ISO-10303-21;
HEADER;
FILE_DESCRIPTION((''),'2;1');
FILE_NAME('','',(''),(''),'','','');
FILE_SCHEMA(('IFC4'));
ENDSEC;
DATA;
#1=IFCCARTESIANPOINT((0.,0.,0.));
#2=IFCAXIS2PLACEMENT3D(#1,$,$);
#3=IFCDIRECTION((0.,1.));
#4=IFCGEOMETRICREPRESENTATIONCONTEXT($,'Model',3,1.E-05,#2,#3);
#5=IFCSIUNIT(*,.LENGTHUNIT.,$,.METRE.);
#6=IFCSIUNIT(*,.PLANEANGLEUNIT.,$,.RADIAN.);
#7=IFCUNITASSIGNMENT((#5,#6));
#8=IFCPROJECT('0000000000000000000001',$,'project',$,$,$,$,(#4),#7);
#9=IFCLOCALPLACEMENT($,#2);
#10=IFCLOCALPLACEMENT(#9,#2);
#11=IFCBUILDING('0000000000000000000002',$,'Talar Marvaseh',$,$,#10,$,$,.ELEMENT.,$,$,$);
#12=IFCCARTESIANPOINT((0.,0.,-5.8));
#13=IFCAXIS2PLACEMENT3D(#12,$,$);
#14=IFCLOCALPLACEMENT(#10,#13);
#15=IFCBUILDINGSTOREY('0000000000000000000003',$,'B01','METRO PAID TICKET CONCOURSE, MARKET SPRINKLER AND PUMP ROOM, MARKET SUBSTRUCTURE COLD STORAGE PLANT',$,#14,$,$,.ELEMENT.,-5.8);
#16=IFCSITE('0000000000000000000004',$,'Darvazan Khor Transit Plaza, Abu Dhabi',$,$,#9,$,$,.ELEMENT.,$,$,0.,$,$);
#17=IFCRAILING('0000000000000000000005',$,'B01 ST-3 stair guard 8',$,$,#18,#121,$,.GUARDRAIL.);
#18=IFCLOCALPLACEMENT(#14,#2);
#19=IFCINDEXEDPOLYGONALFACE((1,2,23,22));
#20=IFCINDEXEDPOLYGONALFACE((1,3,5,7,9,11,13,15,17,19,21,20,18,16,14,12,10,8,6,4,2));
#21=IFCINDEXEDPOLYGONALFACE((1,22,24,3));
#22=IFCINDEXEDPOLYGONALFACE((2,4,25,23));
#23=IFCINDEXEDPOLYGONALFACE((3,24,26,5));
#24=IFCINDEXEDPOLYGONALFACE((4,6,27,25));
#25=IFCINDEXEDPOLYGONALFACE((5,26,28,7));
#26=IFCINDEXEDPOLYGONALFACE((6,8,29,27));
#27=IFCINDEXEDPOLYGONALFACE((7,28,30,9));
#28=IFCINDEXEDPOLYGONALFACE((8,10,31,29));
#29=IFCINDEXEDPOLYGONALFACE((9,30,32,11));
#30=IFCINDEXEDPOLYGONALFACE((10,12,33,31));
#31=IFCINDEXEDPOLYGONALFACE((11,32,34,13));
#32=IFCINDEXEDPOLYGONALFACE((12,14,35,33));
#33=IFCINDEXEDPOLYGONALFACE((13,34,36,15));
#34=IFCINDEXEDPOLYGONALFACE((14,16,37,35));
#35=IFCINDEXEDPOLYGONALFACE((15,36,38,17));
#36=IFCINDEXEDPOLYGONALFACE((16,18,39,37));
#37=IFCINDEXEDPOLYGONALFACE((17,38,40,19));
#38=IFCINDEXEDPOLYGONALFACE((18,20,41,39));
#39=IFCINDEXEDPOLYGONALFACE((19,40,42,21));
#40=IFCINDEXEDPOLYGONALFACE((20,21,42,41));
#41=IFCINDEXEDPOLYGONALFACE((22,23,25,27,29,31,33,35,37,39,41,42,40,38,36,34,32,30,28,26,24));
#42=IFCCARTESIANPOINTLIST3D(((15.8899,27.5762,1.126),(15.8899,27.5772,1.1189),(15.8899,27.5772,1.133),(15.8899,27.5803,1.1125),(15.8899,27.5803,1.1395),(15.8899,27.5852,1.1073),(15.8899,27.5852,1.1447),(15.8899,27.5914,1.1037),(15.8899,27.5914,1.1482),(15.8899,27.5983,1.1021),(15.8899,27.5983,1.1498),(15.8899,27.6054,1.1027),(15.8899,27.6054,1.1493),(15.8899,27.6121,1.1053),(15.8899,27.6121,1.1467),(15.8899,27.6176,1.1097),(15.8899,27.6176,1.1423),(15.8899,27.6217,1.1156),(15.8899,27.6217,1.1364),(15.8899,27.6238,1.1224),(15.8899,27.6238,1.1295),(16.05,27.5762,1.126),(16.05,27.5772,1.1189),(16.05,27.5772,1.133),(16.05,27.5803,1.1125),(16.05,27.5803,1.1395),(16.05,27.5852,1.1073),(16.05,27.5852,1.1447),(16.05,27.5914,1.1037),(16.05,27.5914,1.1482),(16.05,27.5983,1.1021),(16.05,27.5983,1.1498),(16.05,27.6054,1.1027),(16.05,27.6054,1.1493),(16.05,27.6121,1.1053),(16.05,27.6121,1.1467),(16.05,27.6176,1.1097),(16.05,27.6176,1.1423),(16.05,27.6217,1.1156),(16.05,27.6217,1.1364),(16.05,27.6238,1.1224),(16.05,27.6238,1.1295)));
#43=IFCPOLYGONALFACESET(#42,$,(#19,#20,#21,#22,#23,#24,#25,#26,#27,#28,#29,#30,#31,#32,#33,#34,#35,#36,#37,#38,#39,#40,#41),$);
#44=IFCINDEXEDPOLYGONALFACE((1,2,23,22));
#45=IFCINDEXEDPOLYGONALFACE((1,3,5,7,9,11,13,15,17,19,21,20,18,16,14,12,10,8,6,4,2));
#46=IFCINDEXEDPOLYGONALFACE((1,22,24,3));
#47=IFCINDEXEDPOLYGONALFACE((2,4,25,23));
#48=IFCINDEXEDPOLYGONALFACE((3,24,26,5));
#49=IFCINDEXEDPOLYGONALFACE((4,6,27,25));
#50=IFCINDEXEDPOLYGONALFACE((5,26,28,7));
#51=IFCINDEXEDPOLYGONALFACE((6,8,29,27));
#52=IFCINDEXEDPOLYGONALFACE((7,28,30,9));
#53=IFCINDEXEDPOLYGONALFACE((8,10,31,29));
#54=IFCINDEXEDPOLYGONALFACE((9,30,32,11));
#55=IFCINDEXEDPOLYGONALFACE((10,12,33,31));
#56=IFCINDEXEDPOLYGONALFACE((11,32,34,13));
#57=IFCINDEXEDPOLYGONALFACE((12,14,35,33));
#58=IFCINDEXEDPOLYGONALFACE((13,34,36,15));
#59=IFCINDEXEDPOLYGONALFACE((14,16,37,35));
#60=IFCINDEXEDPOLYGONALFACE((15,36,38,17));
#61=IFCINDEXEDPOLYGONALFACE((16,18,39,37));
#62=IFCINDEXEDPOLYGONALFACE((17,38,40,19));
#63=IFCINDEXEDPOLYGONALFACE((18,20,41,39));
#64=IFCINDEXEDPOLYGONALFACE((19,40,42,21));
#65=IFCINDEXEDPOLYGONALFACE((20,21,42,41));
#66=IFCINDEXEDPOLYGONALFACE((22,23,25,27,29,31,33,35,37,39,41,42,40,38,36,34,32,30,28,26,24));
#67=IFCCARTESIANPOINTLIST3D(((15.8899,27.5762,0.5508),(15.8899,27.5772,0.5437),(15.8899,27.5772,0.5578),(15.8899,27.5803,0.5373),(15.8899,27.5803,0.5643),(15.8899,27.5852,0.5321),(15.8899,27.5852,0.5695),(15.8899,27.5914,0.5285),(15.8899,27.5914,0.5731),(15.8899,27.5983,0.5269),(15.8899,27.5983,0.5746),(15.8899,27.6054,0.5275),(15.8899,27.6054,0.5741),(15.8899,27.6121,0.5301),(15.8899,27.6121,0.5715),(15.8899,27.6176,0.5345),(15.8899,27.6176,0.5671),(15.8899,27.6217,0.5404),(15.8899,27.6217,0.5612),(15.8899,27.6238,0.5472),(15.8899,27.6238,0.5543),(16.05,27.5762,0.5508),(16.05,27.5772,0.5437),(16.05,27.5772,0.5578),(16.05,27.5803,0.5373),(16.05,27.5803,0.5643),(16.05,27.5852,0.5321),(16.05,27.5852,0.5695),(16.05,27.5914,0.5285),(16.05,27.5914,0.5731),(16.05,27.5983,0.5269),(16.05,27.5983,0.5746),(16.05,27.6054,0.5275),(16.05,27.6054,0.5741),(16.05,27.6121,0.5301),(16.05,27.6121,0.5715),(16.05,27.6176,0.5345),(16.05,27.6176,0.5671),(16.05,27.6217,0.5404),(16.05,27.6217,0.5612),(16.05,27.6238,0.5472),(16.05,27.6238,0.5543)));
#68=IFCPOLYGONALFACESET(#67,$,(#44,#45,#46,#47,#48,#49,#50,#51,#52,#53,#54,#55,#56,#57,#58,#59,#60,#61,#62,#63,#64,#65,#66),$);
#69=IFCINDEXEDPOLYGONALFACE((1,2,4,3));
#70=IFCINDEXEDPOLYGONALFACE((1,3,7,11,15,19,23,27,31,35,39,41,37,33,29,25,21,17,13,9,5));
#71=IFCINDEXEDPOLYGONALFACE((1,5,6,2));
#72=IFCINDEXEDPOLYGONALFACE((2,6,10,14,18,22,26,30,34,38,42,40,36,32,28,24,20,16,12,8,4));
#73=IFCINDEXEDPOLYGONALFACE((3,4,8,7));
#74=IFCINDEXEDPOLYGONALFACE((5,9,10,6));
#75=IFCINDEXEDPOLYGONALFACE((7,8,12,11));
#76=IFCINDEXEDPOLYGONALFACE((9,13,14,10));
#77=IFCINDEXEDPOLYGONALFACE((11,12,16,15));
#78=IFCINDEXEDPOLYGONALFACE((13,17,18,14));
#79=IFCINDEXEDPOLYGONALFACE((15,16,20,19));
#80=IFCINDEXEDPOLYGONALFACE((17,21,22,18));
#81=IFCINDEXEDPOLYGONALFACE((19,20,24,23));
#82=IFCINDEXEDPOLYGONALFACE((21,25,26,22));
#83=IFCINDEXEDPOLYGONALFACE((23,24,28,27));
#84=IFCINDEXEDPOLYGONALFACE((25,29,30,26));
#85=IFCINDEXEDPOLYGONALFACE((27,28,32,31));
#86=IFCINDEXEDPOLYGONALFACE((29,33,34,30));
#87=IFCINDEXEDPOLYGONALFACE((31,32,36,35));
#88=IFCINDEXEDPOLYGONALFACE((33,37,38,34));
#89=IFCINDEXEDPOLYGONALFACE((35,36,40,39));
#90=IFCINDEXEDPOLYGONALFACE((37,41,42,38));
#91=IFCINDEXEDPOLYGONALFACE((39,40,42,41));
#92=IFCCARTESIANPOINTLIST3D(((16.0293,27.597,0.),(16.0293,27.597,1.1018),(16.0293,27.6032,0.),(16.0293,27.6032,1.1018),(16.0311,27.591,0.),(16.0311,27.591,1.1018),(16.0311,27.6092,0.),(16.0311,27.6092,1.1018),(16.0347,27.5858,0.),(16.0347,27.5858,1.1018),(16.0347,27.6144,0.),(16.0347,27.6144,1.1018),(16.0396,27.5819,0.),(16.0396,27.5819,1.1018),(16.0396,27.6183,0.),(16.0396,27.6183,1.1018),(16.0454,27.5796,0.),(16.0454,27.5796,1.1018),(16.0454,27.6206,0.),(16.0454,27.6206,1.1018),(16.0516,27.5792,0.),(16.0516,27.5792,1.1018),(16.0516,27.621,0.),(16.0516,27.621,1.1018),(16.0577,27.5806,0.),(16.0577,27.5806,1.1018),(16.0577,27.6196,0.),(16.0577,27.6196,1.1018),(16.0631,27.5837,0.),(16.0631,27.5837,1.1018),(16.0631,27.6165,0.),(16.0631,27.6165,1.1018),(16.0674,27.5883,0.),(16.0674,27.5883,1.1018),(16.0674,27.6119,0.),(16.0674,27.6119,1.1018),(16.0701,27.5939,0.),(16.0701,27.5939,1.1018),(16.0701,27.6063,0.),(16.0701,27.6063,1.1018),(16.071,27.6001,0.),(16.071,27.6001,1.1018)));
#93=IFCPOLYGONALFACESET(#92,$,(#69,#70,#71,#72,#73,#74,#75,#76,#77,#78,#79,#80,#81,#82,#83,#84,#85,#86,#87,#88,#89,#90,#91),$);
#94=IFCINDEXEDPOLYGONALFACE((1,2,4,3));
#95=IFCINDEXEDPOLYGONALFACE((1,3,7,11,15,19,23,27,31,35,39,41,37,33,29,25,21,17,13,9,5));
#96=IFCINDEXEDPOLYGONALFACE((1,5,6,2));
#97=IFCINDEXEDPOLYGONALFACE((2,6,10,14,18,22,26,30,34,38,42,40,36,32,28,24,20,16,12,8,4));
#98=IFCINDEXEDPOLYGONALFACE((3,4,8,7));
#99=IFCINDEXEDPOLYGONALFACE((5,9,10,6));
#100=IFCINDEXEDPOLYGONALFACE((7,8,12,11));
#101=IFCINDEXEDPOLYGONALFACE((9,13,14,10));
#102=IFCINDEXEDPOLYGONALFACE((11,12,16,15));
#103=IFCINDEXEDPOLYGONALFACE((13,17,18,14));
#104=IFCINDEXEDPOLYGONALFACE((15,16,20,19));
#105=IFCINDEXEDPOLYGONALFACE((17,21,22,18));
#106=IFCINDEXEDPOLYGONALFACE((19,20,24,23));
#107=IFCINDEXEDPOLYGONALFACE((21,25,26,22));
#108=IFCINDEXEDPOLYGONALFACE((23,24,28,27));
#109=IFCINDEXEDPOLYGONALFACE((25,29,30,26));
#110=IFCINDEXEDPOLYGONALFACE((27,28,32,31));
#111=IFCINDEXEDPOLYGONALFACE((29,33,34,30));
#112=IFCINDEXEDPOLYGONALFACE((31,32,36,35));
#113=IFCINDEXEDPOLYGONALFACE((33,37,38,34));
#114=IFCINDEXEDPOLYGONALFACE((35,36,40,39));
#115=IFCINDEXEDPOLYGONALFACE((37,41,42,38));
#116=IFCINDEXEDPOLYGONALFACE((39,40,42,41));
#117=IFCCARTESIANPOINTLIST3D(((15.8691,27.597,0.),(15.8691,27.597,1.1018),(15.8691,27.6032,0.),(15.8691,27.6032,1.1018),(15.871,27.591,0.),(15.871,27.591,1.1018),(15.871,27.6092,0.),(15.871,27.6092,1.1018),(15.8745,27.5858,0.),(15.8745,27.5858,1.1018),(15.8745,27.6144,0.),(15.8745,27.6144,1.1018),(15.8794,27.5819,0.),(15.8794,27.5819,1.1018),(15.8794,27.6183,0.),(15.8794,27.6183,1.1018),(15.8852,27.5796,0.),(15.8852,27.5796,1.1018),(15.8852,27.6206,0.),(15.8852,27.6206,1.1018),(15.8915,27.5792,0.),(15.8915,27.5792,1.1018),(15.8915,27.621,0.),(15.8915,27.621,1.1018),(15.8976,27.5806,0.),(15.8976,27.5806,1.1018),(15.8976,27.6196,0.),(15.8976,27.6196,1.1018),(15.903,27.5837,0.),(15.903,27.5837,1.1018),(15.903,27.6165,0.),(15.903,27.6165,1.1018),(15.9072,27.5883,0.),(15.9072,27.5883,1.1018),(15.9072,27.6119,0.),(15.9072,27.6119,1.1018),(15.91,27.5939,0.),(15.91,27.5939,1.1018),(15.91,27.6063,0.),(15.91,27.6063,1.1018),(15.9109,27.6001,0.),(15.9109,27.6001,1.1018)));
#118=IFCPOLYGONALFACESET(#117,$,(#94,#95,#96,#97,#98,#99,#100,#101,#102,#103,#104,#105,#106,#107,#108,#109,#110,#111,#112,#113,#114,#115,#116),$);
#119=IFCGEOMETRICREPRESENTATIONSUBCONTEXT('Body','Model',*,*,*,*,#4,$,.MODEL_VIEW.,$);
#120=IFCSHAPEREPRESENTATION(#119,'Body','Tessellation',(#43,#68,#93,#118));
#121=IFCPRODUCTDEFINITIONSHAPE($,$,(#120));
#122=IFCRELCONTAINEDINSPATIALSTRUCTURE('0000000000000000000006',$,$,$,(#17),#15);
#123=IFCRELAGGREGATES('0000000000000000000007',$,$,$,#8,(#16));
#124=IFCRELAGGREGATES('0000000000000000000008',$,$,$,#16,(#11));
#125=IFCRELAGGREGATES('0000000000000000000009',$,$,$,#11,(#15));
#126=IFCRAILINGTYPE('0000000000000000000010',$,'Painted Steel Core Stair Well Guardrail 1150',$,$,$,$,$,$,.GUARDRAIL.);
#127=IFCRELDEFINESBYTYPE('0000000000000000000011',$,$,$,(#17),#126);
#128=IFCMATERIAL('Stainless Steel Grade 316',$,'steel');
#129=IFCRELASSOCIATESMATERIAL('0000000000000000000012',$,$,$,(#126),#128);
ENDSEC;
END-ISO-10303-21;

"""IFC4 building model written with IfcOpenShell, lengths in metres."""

from ifc_helpers import new_model, si_unit, direction, frame, origin, origin_2d, place, context, subcontext, project, spatial, circle, extrude, material, type_object, element, save


model = new_model("IFC4")

# Units and contexts
model_context = context("Model", 3, precision=1e-05, world=origin(), true_north=direction((0.0, 1.0)))
body_context = subcontext(model_context, "Body", "Model", "MODEL_VIEW")
ifc_project = project(units=[si_unit("LENGTHUNIT", "METRE"), si_unit("PLANEANGLEUNIT", "RADIAN")], contexts=[model_context])

# Site, building, storey
site_placement = place(None, origin())
site = spatial("IfcSite", under=ifc_project, at=site_placement, Name="Darvazan Khor Transit Plaza, Abu Dhabi", CompositionType="ELEMENT", RefElevation=0.0)
building_placement = place(site_placement, origin())
building = spatial("IfcBuilding", under=site, at=building_placement, Name="Talar Marvaseh", CompositionType="ELEMENT")
storey_placement = place(building_placement, frame((0.0, 0.0, -5.8)))
storey = spatial("IfcBuildingStorey", under=building, at=storey_placement, Name="B01", Description="METRO PAID TICKET CONCOURSE, MARKET SPRINKLER AND PUMP ROOM, MARKET SUBSTRUCTURE COLD STORAGE PLANT", CompositionType="ELEMENT", Elevation=-5.8)

# Railing
ifc_material_1 = material(Name="Stainless Steel Grade 316", Category="steel")
railing_type_1 = type_object("IfcRailingType", Name="Painted Steel Core Stair Well Guardrail 1150", PredefinedType="GUARDRAIL", material=ifc_material_1)
railing_1_placement = place(storey_placement, frame((16.05, 27.6001, 0.0)))
element("IfcRailing", 1, at=railing_1_placement, inside=storey, type_object=railing_type_1, Name="B01 ST-3 stair guard 8", PredefinedType="GUARDRAIL", context=body_context, shape_type="SweptSolid", body=[
    extrude(circle(Radius=0.0239, at=origin_2d()), frame((0.0, 0.0, 1.126), z_axis=(-1.0, 0.0, 0.0), x_axis=(0.0, -1.0, 0.0)), (0.0, 0.0, 1.0), 0.1602),
    extrude(circle(Radius=0.0239, at=origin_2d()), frame((0.0, 0.0, 0.5508), z_axis=(-1.0, 0.0, 0.0), x_axis=(0.0, -1.0, 0.0)), (0.0, 0.0, 1.0), 0.1602),
    extrude(circle(Radius=0.021, at=origin_2d()), origin(), (0.0, 0.0, 1.0), 1.1018),
    extrude(circle(Radius=0.021, at=origin_2d()), frame((-0.1602, 0.0, 0.0)), (0.0, 0.0, 1.0), 1.1018),
])

save(model, "model.ifc")
